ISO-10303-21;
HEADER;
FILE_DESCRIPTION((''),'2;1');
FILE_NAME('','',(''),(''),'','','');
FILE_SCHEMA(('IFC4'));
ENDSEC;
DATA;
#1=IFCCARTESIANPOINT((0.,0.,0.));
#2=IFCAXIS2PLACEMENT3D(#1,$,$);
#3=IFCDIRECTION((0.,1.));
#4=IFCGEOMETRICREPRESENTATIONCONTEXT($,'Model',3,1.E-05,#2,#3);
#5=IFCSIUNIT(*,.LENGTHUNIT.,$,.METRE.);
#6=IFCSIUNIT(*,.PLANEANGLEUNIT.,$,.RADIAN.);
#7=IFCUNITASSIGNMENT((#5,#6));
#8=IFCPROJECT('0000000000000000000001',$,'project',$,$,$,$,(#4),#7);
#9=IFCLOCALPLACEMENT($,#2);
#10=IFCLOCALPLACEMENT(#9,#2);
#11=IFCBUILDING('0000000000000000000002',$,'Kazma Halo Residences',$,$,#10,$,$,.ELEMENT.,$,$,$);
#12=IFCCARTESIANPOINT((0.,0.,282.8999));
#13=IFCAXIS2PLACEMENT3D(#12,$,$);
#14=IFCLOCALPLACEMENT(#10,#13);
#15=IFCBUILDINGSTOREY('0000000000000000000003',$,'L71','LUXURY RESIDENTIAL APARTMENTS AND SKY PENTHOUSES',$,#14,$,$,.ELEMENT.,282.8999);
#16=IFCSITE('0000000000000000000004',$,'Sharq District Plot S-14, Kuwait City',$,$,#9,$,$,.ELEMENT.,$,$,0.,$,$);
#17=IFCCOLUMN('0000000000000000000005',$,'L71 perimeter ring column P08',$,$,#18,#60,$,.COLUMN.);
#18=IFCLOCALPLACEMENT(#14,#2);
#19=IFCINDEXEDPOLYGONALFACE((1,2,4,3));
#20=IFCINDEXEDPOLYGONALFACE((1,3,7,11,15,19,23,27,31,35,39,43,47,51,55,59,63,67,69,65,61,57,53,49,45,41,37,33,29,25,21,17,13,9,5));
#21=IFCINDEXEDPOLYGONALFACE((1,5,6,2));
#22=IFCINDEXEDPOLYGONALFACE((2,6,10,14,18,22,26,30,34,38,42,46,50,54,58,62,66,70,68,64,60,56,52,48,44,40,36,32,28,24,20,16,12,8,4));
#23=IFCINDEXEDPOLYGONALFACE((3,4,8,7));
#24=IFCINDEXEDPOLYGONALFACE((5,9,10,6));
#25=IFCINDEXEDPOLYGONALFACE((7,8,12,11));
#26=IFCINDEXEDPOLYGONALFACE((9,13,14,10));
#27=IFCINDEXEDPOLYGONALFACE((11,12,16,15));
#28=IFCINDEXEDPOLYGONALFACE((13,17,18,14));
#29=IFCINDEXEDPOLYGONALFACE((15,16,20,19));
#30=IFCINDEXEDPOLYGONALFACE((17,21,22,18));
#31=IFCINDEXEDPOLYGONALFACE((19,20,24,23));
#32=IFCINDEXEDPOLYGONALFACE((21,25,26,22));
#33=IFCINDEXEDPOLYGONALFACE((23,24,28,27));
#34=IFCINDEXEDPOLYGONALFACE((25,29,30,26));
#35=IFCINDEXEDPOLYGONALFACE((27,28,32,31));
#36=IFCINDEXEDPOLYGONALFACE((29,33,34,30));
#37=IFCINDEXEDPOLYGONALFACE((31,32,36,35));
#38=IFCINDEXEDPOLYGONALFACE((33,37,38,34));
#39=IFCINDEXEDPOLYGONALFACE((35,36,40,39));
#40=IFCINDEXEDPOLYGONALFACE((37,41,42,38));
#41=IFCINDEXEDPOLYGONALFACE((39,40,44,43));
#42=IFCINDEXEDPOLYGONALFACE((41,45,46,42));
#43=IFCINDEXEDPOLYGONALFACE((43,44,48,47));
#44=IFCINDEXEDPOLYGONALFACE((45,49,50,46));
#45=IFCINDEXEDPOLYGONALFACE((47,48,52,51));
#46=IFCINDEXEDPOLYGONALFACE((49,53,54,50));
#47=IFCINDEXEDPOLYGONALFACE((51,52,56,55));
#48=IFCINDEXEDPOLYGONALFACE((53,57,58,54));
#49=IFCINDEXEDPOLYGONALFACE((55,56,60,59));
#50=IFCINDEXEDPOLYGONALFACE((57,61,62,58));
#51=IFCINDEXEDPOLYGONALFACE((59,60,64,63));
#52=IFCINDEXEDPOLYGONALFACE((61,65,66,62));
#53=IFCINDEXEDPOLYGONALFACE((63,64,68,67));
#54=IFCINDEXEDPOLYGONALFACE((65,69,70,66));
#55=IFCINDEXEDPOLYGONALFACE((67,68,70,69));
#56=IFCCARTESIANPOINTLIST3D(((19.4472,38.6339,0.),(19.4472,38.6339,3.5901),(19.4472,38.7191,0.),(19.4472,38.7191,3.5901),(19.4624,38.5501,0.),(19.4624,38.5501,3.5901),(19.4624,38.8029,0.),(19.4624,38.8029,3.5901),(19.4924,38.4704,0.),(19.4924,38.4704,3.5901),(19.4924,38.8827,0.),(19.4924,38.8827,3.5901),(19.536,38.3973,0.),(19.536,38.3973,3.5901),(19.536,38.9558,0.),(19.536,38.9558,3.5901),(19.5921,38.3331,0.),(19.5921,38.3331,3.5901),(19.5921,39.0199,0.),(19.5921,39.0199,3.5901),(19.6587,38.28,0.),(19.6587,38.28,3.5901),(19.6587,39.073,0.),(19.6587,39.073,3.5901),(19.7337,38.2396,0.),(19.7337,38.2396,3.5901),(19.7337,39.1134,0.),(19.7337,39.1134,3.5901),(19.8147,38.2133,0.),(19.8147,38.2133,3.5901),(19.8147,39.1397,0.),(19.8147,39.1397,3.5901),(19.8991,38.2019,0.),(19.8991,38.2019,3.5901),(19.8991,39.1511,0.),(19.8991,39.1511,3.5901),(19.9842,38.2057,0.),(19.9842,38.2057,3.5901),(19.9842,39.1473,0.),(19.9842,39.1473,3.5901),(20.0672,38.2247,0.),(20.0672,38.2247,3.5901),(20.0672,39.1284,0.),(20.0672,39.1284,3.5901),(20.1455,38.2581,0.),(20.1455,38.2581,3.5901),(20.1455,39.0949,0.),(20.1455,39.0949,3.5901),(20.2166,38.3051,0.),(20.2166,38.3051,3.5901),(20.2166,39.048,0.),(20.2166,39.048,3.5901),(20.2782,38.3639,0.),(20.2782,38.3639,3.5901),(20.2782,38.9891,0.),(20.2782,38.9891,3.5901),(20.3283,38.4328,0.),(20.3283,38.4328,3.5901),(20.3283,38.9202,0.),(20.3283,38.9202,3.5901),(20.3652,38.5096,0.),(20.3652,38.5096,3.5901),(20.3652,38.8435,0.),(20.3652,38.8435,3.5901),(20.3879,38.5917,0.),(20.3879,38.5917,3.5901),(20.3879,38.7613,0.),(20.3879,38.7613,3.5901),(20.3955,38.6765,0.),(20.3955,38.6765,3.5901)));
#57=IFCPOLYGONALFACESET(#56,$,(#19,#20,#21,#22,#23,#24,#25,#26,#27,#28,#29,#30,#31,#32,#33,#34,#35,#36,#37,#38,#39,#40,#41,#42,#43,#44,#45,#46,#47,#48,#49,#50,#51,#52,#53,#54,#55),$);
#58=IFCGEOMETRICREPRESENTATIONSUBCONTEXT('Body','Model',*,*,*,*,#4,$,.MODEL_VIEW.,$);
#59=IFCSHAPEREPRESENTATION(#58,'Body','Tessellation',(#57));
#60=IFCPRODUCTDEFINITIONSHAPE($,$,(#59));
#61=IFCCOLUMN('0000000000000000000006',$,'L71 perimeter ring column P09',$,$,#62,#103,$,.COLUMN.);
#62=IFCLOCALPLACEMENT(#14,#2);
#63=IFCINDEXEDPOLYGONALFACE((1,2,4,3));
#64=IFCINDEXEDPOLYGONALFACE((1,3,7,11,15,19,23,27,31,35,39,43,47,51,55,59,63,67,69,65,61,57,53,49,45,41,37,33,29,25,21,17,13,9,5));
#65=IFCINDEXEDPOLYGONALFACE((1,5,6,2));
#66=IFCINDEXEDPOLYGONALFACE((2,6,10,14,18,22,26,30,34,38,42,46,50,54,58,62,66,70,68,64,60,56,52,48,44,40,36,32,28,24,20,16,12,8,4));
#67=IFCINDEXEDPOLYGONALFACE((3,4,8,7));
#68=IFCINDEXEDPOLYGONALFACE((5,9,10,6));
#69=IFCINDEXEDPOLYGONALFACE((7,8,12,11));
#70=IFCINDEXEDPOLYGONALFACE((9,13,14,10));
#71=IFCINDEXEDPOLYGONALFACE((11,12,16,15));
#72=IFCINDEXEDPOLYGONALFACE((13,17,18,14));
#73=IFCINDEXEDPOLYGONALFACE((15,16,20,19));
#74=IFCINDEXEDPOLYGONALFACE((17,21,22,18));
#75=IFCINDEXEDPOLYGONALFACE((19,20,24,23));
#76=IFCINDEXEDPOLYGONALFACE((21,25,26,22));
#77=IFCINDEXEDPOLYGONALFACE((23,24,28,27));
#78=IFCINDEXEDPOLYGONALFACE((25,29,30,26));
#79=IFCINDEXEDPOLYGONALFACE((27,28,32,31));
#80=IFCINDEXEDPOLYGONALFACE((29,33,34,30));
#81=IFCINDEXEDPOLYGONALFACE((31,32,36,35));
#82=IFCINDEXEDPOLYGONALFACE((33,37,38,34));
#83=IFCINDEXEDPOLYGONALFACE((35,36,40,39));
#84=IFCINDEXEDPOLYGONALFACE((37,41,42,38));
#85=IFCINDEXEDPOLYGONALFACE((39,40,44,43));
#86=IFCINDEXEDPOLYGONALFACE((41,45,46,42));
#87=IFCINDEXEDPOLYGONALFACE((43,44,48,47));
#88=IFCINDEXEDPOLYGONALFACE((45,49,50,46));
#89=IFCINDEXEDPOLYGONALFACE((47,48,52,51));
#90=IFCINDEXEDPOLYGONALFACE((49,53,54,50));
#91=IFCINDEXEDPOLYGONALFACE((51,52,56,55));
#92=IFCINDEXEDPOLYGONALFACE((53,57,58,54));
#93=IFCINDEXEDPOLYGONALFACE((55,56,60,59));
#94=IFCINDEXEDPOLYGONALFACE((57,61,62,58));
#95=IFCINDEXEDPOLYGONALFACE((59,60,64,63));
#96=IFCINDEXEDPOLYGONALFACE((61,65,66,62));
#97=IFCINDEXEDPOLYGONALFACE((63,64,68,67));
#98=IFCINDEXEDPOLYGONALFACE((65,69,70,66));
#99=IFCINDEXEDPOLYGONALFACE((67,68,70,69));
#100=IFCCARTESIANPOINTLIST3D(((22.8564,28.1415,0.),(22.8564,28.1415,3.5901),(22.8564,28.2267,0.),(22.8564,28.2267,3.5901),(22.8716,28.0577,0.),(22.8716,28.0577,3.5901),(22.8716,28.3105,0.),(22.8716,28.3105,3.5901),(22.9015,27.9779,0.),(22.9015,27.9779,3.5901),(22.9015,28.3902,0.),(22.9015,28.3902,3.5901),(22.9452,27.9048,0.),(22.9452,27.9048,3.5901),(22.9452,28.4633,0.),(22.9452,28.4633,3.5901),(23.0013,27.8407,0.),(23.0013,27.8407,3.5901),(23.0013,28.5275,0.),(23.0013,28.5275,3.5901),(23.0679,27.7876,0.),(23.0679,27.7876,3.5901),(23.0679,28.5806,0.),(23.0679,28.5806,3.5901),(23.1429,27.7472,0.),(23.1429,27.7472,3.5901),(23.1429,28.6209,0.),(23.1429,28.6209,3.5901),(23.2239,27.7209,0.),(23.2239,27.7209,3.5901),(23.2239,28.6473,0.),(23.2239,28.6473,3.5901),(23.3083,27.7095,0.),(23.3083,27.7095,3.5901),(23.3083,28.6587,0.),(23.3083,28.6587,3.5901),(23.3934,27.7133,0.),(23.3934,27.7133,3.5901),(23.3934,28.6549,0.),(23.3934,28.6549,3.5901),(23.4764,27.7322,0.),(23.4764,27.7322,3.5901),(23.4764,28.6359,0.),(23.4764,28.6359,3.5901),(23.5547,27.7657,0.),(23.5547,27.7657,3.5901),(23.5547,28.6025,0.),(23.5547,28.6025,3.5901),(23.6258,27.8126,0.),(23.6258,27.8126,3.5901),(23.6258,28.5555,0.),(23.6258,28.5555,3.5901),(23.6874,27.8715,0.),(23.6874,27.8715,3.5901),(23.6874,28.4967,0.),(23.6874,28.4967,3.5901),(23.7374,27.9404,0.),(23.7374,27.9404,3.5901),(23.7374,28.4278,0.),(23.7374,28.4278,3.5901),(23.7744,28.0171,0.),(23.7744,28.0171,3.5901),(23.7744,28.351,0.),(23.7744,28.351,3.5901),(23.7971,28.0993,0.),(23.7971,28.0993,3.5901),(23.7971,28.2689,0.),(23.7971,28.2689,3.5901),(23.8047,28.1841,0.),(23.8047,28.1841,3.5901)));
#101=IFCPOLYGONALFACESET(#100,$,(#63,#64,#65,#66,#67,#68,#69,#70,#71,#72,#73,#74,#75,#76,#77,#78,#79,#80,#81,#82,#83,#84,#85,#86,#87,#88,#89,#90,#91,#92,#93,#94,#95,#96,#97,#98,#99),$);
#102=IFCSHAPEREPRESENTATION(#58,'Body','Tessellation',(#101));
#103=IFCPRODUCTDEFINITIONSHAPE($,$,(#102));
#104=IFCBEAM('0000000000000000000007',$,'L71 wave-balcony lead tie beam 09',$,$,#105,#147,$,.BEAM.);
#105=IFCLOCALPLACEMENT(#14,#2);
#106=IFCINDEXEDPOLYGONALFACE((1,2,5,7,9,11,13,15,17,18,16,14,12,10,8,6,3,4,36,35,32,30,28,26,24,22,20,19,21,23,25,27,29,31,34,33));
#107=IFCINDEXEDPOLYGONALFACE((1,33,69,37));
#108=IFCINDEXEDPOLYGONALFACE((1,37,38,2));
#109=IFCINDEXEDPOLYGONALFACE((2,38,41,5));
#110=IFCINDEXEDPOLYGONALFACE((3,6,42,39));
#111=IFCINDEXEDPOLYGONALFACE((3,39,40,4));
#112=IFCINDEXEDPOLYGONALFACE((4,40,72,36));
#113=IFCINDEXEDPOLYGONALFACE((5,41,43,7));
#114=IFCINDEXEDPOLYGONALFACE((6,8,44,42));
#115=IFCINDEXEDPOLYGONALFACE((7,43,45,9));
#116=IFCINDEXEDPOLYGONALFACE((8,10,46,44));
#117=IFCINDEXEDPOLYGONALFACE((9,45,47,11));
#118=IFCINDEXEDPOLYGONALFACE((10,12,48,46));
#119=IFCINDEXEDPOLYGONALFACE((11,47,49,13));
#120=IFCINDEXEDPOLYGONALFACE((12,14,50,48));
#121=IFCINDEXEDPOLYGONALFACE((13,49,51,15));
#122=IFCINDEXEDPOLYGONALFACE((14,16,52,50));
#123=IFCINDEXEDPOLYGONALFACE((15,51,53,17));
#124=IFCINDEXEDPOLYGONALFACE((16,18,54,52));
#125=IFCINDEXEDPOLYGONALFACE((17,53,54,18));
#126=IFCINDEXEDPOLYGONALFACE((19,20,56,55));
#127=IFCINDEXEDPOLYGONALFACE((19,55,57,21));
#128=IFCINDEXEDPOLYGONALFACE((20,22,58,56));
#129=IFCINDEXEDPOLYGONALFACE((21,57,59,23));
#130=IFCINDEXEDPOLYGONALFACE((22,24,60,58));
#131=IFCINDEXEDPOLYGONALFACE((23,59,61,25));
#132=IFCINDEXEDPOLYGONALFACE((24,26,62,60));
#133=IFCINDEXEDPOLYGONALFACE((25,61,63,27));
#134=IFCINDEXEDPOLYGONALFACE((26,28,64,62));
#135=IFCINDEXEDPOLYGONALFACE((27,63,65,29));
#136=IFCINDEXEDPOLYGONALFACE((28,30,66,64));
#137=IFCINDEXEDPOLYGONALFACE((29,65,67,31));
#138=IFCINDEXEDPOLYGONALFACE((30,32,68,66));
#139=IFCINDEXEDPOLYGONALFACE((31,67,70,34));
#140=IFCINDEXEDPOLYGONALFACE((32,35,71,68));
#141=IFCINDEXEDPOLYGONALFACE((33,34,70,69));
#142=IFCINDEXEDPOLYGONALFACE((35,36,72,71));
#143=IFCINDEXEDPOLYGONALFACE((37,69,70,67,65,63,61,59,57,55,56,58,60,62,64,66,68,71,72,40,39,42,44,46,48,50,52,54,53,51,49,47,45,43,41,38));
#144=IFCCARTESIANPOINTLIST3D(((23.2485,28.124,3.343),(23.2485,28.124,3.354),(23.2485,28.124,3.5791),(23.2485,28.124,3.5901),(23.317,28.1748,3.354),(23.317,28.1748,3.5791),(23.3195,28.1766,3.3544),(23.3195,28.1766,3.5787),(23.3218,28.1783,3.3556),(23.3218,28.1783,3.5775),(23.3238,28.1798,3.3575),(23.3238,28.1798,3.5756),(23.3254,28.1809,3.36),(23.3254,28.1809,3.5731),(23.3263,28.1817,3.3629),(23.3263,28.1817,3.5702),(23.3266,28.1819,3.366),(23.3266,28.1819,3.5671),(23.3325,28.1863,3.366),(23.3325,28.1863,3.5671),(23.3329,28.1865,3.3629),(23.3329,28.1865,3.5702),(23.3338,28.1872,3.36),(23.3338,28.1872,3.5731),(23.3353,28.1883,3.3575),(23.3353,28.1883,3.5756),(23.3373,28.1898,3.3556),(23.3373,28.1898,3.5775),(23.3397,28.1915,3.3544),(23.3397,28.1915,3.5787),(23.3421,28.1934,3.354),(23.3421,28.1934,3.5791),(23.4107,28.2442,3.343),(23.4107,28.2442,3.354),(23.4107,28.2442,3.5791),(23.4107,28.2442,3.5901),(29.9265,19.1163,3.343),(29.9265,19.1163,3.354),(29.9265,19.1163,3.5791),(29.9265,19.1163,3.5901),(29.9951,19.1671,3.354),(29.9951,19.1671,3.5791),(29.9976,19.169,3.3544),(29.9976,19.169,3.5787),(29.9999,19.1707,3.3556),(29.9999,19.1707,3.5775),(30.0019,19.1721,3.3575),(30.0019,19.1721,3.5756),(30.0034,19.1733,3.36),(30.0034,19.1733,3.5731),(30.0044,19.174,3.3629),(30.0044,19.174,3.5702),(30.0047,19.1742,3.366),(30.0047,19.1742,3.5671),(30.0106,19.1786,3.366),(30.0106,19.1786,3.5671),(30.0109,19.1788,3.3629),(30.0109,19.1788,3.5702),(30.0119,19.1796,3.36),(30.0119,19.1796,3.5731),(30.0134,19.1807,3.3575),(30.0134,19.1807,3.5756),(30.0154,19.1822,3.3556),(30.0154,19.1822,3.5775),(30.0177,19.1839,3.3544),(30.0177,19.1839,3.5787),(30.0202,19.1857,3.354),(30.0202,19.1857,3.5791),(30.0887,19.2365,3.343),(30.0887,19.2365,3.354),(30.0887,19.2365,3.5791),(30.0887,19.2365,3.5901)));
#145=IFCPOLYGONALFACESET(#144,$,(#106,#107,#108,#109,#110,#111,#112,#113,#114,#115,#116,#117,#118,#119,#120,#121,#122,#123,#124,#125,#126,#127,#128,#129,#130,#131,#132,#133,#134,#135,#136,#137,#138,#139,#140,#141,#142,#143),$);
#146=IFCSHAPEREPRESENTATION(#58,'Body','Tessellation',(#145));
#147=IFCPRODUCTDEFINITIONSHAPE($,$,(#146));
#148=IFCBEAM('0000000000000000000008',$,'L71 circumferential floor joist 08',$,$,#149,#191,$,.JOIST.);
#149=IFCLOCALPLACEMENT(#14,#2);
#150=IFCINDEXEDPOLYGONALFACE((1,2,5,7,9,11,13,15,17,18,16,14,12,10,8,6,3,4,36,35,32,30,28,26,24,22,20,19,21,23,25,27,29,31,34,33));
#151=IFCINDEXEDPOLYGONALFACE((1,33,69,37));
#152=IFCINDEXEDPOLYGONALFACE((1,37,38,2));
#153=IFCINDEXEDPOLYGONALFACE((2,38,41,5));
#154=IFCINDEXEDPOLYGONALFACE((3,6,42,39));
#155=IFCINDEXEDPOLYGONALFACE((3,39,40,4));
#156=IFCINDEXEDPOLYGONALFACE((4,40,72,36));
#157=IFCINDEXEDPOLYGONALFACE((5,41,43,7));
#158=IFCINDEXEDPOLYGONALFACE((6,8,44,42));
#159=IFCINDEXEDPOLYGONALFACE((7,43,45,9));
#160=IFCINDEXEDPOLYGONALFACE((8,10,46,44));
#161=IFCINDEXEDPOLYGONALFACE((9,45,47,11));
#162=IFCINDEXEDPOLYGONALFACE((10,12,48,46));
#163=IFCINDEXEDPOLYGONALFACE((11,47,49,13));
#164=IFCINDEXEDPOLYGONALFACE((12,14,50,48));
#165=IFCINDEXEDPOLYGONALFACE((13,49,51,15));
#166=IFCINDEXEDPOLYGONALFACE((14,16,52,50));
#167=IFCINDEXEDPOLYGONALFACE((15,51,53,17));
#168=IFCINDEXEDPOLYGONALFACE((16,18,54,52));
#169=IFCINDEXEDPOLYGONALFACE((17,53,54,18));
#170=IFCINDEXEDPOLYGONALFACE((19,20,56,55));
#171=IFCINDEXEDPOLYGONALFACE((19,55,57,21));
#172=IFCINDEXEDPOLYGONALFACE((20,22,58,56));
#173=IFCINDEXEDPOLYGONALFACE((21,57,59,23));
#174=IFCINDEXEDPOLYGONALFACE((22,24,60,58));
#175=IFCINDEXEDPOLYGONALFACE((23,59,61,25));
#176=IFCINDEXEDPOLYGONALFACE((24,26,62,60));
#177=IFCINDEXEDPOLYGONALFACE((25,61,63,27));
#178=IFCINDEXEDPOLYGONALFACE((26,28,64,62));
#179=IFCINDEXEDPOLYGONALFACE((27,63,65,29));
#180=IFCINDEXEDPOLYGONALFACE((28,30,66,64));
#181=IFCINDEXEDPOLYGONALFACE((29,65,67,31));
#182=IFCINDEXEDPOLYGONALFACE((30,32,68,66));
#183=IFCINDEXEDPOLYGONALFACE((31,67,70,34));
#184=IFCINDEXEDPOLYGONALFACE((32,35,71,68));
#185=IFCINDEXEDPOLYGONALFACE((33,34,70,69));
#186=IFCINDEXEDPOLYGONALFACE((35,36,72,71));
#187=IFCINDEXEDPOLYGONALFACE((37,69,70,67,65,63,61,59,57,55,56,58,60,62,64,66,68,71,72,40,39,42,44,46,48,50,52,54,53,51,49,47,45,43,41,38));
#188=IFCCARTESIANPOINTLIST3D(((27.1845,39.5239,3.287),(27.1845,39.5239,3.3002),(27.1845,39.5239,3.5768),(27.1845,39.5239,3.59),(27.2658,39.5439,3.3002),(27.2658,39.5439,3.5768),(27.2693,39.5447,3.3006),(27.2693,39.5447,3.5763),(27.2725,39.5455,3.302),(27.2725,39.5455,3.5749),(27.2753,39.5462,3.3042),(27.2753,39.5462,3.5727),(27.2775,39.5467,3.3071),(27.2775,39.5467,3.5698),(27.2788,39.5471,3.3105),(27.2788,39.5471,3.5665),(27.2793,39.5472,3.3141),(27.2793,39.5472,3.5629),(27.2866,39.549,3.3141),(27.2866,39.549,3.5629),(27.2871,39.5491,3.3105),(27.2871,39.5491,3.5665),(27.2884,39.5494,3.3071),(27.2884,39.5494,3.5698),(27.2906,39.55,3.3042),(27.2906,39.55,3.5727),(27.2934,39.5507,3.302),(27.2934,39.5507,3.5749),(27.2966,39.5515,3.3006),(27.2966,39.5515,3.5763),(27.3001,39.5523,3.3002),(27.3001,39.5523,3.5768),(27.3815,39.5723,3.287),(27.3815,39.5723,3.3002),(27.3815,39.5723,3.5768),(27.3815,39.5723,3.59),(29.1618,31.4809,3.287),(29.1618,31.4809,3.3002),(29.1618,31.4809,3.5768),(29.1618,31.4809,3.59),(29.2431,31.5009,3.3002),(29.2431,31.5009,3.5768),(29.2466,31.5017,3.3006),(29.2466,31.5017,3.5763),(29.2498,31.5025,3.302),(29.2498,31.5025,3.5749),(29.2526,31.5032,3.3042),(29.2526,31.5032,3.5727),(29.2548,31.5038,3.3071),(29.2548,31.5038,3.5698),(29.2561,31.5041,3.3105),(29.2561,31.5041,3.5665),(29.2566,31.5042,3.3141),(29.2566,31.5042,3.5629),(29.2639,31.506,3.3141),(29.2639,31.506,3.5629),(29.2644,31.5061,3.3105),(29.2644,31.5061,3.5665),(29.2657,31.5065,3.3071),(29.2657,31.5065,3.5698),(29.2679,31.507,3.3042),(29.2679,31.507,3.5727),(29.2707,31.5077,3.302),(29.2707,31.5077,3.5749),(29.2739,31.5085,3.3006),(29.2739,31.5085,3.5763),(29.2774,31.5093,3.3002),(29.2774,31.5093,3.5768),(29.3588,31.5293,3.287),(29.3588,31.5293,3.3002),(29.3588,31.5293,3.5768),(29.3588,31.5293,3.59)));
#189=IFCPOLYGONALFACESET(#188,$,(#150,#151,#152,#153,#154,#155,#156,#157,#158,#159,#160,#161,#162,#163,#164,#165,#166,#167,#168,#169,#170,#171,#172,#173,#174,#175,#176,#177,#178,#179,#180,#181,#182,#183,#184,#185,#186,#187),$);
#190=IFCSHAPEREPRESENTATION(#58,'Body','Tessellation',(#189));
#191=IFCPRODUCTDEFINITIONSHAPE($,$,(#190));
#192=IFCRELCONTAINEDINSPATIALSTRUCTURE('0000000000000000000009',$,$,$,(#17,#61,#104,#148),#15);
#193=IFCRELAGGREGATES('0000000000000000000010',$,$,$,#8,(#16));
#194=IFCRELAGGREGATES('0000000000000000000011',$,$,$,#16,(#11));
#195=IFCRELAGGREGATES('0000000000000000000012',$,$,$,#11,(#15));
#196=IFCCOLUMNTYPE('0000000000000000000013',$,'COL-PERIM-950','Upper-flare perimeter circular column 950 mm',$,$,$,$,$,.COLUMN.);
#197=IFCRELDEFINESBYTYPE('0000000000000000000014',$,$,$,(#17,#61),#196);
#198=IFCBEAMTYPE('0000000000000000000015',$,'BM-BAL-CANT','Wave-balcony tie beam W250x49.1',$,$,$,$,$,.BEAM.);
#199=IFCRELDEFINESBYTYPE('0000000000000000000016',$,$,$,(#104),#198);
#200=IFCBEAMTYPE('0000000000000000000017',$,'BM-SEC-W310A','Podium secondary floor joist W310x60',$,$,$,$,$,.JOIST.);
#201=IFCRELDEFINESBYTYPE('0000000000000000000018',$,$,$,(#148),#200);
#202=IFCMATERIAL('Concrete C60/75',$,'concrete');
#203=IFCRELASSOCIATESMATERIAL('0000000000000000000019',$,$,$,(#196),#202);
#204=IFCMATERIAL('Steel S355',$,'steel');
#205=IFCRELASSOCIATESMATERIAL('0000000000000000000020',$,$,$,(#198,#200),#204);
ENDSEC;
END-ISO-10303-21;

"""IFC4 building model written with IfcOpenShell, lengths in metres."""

from ifc_helpers import new_model, si_unit, direction, frame, origin, origin_2d, place, context, subcontext, project, spatial, circle, i_section, extrude, material, material_profile, profile_set, type_object, element, save


model = new_model("IFC4")

# Units and contexts
model_context = context("Model", 3, precision=1e-05, world=origin(), true_north=direction((0.0, 1.0)))
body_context = subcontext(model_context, "Body", "Model", "MODEL_VIEW")
ifc_project = project(units=[si_unit("LENGTHUNIT", "METRE"), si_unit("PLANEANGLEUNIT", "RADIAN")], contexts=[model_context])

# Site, building, storey
site_placement = place(None, origin())
site = spatial("IfcSite", under=ifc_project, at=site_placement, Name="Sharq District Plot S-14, Kuwait City", CompositionType="ELEMENT", RefElevation=0.0)
building_placement = place(site_placement, origin())
building = spatial("IfcBuilding", under=site, at=building_placement, Name="Kazma Halo Residences", CompositionType="ELEMENT")
storey_placement = place(building_placement, frame((0.0, 0.0, 282.8999)))
storey = spatial("IfcBuildingStorey", under=building, at=storey_placement, Name="L71", Description="LUXURY RESIDENTIAL APARTMENTS AND SKY PENTHOUSES", CompositionType="ELEMENT", Elevation=282.8999)

# Columns
ifc_material_1 = material(Name="Concrete C60/75", Category="concrete")
ifc_material_profile_1 = material_profile(ifc_material_1, circle(Radius=0.4751, at=origin_2d()), Name="CIRC950")
ifc_profile_set_1 = profile_set([ifc_material_profile_1], Name="Concrete C60/75")
column_type = type_object("IfcColumnType", Name="COL-PERIM-950", Description="Upper-flare perimeter circular column 950 mm", PredefinedType="COLUMN", material=ifc_profile_set_1)
for number, where, z_axis, x_axis, name in (
    (1, (19.9204, 38.6765, 0.0), (0.0, 0.0, 1.0), (1.0, 0.0, 0.0), "L71 perimeter ring column P08"),
    (2, (23.3296, 28.1841, 0.0), (0.0, 0.0, 1.0), (1.0, 0.0, 0.0), "L71 perimeter ring column P09"),
):
    element("IfcColumn", number, at=place(storey_placement, frame(where, z_axis=z_axis, x_axis=x_axis)), inside=storey, type_object=column_type, Name=name, PredefinedType="COLUMN", context=body_context, shape_type="SweptSolid", body=[
        extrude(circle(Radius=0.4751, at=origin_2d()), origin(), (0.0, 0.0, 1.0), 3.5901),
    ])

# Beams
ifc_material_2 = material(Name="Steel S355", Category="steel")
ifc_material_profile_2 = material_profile(ifc_material_2, i_section(OverallWidth=0.2019, OverallDepth=0.2471, WebThickness=0.0073, FlangeThickness=0.011, FilletRadius=0.012, at=origin_2d()), Name="W250x49.1")
ifc_profile_set_2 = profile_set([ifc_material_profile_2], Name="Steel S355")
beam_type_1 = type_object("IfcBeamType", Name="BM-BAL-CANT", Description="Wave-balcony tie beam W250x49.1", PredefinedType="BEAM", material=ifc_profile_set_2)
beam_1_placement = place(storey_placement, frame((23.3296, 28.1841, 3.4666), z_axis=(0.595556, -0.803314, 0.0), x_axis=(0.803314, 0.595556, 0.0)))
element("IfcBeam", 3, at=beam_1_placement, inside=storey, type_object=beam_type_1, Name="L71 wave-balcony lead tie beam 09", PredefinedType="BEAM", context=body_context, shape_type="SweptSolid", body=[
    extrude(i_section(OverallWidth=0.2019, OverallDepth=0.2471, WebThickness=0.0073, FlangeThickness=0.011, FilletRadius=0.012, at=origin_2d()), origin(), (0.0, 0.0, 1.0), 11.2131),
])
ifc_material_profile_3 = material_profile(ifc_material_2, i_section(OverallWidth=0.2029, OverallDepth=0.303, WebThickness=0.0076, FlangeThickness=0.0132, FilletRadius=0.0139, at=origin_2d()), Name="W310x60")
ifc_profile_set_3 = profile_set([ifc_material_profile_3], Name="Steel S355")
beam_type_2 = type_object("IfcBeamType", Name="BM-SEC-W310A", Description="Podium secondary floor joist W310x60", PredefinedType="JOIST", material=ifc_profile_set_3)
beam_2_placement = place(storey_placement, frame((27.283, 39.5481, 3.4385), z_axis=(0.238733, -0.971085, 0.0), x_axis=(0.971085, 0.238733, 0.0)))
element("IfcBeam", 4, at=beam_2_placement, inside=storey, type_object=beam_type_2, Name="L71 circumferential floor joist 08", PredefinedType="JOIST", context=body_context, shape_type="SweptSolid", body=[
    extrude(i_section(OverallWidth=0.2029, OverallDepth=0.303, WebThickness=0.0076, FlangeThickness=0.0132, FilletRadius=0.0139, at=origin_2d()), origin(), (0.0, 0.0, 1.0), 8.2825),
])

save(model, "model.ifc")
